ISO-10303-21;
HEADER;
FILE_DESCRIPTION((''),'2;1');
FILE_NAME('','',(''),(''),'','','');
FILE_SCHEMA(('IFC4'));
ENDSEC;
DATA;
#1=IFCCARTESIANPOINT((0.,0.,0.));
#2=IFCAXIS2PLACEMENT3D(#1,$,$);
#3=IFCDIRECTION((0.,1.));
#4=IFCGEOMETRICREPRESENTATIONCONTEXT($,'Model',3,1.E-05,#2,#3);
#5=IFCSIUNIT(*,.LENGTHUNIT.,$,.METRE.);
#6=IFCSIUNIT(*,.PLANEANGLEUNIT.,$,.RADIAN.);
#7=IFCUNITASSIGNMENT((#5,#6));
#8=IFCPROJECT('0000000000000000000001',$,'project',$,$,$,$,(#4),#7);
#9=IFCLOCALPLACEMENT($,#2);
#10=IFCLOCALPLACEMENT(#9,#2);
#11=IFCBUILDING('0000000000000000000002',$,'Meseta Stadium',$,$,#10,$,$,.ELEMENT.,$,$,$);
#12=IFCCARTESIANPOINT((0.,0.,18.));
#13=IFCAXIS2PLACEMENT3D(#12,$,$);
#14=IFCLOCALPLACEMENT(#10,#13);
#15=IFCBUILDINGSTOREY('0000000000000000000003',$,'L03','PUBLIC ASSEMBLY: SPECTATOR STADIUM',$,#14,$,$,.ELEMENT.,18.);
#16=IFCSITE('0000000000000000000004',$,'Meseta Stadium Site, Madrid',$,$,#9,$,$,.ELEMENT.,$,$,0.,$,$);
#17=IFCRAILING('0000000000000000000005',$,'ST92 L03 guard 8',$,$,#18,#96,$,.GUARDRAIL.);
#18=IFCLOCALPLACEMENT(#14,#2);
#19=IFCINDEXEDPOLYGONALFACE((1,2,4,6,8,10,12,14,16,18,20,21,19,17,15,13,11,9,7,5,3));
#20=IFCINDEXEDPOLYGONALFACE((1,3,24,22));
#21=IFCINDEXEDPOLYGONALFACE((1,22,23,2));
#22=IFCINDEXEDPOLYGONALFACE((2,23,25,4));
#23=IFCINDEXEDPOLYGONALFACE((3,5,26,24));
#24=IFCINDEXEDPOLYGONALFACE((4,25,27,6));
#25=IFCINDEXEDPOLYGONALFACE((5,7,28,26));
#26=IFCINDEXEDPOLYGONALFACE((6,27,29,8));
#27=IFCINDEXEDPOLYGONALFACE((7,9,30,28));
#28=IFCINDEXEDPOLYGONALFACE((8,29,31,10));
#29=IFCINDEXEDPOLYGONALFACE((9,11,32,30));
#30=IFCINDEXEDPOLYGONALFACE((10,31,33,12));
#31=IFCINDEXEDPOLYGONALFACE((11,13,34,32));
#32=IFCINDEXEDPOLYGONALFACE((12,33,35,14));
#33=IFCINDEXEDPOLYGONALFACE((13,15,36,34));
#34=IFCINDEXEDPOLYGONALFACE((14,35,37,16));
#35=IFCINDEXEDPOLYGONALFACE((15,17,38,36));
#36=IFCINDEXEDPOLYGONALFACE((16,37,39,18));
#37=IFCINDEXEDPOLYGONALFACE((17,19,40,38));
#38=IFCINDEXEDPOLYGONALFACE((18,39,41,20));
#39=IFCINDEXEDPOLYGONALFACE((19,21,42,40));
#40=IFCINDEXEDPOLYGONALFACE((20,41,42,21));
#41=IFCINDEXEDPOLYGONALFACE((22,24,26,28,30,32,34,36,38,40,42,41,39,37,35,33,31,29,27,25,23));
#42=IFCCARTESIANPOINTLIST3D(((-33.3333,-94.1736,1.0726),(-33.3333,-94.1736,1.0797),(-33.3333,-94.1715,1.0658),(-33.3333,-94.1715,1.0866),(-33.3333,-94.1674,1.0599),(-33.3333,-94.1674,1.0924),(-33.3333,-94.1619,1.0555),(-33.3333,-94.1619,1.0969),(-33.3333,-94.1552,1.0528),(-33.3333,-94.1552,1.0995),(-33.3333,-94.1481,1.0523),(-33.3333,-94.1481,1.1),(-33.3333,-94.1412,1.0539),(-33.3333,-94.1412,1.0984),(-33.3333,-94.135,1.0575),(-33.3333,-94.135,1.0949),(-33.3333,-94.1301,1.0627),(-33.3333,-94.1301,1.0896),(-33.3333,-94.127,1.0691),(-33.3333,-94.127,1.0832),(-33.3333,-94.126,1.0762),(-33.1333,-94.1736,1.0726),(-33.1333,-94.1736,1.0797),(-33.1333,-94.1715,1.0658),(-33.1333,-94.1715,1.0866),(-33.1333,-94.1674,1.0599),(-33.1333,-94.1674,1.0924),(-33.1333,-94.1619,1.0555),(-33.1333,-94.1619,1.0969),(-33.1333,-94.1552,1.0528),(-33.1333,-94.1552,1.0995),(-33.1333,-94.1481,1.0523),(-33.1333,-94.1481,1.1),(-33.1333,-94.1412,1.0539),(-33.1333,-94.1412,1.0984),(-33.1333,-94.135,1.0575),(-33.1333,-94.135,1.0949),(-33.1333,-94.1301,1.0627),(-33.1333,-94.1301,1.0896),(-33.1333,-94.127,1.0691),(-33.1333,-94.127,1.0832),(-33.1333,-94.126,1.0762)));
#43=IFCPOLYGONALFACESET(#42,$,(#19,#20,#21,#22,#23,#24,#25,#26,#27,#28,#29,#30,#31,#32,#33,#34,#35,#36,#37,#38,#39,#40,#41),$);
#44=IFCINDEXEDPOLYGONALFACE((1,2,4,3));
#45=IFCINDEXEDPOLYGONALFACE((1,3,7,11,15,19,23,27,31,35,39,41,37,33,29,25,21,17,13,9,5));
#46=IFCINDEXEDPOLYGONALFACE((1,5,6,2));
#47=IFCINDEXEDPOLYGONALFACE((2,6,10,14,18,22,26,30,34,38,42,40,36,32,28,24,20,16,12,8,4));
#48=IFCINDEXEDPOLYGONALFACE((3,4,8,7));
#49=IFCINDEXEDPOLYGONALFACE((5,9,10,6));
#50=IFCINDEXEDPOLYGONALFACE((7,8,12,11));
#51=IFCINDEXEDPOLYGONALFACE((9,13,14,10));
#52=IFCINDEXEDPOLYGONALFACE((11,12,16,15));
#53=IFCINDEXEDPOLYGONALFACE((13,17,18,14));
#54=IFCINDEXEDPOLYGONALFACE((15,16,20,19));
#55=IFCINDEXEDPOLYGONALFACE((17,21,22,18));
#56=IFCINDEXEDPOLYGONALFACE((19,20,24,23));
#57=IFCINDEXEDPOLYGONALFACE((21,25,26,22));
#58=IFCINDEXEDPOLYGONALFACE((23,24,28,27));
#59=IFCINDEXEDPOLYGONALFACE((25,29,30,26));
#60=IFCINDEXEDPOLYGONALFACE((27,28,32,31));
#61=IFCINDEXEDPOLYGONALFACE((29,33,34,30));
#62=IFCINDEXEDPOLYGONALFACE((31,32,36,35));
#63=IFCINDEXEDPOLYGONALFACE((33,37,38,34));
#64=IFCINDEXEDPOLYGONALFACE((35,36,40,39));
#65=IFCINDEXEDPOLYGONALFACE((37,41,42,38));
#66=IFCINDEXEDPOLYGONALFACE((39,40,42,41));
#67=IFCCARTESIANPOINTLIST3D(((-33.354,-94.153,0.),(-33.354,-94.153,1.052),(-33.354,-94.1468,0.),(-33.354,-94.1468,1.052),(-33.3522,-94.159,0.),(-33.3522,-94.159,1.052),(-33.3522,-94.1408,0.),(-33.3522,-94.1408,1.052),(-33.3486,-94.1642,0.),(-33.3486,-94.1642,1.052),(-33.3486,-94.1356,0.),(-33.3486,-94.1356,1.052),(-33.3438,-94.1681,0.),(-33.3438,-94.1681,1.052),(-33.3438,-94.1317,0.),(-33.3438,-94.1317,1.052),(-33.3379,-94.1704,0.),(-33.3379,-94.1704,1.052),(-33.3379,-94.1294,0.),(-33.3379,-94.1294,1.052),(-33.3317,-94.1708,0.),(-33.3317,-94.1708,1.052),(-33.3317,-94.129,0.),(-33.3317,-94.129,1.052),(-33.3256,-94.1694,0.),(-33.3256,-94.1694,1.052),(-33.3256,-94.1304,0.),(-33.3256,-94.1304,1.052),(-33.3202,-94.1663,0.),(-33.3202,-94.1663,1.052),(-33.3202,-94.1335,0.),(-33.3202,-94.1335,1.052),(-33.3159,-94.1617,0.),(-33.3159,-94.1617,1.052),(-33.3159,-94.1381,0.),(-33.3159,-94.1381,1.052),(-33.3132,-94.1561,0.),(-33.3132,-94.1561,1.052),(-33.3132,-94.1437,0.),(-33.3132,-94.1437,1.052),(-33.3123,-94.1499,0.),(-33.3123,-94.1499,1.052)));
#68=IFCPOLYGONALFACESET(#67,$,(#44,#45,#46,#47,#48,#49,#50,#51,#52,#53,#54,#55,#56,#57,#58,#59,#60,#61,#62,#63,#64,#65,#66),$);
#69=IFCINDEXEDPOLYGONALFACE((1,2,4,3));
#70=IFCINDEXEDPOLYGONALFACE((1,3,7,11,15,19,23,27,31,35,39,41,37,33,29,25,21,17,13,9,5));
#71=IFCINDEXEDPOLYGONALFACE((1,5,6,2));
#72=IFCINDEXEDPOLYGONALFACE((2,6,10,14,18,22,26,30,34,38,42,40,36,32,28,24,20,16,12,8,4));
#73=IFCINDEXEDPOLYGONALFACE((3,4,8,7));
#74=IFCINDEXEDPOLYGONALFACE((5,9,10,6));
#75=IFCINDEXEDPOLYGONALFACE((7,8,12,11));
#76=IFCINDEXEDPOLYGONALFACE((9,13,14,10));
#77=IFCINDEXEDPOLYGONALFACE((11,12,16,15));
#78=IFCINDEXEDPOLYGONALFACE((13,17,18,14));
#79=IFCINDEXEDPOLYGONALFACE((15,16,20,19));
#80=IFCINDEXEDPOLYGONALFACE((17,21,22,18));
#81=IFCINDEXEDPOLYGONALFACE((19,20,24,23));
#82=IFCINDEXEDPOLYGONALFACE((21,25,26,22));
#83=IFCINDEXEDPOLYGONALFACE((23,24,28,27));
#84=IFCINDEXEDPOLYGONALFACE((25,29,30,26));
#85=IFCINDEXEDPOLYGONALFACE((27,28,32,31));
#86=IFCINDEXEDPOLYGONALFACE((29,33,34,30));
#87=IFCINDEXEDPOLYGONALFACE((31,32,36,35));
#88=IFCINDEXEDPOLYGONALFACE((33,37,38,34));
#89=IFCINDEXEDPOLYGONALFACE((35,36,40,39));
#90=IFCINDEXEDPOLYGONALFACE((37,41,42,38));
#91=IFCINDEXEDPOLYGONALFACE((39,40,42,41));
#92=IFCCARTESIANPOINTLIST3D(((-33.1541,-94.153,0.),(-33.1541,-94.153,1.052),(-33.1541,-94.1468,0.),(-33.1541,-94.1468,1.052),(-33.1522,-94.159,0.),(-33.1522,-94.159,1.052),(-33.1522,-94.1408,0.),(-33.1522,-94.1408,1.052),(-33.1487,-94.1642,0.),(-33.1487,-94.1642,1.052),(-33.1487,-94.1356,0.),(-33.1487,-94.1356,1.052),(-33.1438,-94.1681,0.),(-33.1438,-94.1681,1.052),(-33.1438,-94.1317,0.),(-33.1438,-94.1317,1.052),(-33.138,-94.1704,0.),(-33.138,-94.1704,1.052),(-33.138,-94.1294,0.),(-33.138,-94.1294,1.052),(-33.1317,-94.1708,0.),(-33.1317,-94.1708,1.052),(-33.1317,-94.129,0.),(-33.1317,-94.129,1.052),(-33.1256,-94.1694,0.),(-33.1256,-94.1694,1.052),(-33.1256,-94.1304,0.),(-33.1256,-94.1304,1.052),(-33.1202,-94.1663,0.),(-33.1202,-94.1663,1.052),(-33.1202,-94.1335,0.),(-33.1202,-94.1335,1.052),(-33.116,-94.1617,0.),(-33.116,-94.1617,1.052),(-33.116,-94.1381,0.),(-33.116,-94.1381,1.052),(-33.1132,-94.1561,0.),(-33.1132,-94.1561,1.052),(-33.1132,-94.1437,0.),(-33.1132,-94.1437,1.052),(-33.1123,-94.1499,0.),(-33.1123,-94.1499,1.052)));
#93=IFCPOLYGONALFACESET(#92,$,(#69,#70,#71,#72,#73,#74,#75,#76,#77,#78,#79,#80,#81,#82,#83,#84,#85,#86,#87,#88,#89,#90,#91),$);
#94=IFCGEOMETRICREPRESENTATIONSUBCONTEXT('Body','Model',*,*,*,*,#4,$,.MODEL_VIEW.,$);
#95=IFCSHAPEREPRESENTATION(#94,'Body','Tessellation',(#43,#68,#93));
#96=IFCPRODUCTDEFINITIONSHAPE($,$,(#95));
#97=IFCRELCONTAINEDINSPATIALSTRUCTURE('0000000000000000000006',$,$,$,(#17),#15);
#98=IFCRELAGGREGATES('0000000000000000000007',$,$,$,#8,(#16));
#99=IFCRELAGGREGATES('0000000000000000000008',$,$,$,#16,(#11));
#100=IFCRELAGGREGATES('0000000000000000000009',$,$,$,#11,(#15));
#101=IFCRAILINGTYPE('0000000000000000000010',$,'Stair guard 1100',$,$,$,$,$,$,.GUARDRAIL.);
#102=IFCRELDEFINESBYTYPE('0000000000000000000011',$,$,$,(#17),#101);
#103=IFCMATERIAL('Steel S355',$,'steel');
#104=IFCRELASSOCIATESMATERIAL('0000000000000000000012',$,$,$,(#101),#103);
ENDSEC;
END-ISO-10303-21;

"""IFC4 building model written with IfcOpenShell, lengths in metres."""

from ifc_helpers import new_model, si_unit, direction, frame, origin, origin_2d, place, context, subcontext, project, spatial, circle, extrude, material, type_object, element, save


model = new_model("IFC4")

# Units and contexts
model_context = context("Model", 3, precision=1e-05, world=origin(), true_north=direction((0.0, 1.0)))
body_context = subcontext(model_context, "Body", "Model", "MODEL_VIEW")
ifc_project = project(units=[si_unit("LENGTHUNIT", "METRE"), si_unit("PLANEANGLEUNIT", "RADIAN")], contexts=[model_context])

# Site, building, storey
site_placement = place(None, origin())
site = spatial("IfcSite", under=ifc_project, at=site_placement, Name="Meseta Stadium Site, Madrid", CompositionType="ELEMENT", RefElevation=0.0)
building_placement = place(site_placement, origin())
building = spatial("IfcBuilding", under=site, at=building_placement, Name="Meseta Stadium", CompositionType="ELEMENT")
storey_placement = place(building_placement, frame((0.0, 0.0, 18.0)))
storey = spatial("IfcBuildingStorey", under=building, at=storey_placement, Name="L03", Description="PUBLIC ASSEMBLY: SPECTATOR STADIUM", CompositionType="ELEMENT", Elevation=18.0)

# Railing
ifc_material_1 = material(Name="Steel S355", Category="steel")
railing_type_1 = type_object("IfcRailingType", Name="Stair guard 1100", PredefinedType="GUARDRAIL", material=ifc_material_1)
railing_1_placement = place(storey_placement, frame((-33.3333, -94.1499, 0.0)))
element("IfcRailing", 1, at=railing_1_placement, inside=storey, type_object=railing_type_1, Name="ST92 L03 guard 8", PredefinedType="GUARDRAIL", context=body_context, shape_type="SweptSolid", body=[
    extrude(circle(Radius=0.0239, at=origin_2d()), frame((0.0, 0.0, 1.0762), z_axis=(1.0, 0.0, 0.0), x_axis=(0.0, 1.0, 0.0)), (0.0, 0.0, 1.0), 0.2),
    extrude(circle(Radius=0.021, at=origin_2d()), origin(), (0.0, 0.0, 1.0), 1.052),
    extrude(circle(Radius=0.021, at=origin_2d()), frame((0.2, 0.0, 0.0)), (0.0, 0.0, 1.0), 1.052),
])

save(model, "model.ifc")
